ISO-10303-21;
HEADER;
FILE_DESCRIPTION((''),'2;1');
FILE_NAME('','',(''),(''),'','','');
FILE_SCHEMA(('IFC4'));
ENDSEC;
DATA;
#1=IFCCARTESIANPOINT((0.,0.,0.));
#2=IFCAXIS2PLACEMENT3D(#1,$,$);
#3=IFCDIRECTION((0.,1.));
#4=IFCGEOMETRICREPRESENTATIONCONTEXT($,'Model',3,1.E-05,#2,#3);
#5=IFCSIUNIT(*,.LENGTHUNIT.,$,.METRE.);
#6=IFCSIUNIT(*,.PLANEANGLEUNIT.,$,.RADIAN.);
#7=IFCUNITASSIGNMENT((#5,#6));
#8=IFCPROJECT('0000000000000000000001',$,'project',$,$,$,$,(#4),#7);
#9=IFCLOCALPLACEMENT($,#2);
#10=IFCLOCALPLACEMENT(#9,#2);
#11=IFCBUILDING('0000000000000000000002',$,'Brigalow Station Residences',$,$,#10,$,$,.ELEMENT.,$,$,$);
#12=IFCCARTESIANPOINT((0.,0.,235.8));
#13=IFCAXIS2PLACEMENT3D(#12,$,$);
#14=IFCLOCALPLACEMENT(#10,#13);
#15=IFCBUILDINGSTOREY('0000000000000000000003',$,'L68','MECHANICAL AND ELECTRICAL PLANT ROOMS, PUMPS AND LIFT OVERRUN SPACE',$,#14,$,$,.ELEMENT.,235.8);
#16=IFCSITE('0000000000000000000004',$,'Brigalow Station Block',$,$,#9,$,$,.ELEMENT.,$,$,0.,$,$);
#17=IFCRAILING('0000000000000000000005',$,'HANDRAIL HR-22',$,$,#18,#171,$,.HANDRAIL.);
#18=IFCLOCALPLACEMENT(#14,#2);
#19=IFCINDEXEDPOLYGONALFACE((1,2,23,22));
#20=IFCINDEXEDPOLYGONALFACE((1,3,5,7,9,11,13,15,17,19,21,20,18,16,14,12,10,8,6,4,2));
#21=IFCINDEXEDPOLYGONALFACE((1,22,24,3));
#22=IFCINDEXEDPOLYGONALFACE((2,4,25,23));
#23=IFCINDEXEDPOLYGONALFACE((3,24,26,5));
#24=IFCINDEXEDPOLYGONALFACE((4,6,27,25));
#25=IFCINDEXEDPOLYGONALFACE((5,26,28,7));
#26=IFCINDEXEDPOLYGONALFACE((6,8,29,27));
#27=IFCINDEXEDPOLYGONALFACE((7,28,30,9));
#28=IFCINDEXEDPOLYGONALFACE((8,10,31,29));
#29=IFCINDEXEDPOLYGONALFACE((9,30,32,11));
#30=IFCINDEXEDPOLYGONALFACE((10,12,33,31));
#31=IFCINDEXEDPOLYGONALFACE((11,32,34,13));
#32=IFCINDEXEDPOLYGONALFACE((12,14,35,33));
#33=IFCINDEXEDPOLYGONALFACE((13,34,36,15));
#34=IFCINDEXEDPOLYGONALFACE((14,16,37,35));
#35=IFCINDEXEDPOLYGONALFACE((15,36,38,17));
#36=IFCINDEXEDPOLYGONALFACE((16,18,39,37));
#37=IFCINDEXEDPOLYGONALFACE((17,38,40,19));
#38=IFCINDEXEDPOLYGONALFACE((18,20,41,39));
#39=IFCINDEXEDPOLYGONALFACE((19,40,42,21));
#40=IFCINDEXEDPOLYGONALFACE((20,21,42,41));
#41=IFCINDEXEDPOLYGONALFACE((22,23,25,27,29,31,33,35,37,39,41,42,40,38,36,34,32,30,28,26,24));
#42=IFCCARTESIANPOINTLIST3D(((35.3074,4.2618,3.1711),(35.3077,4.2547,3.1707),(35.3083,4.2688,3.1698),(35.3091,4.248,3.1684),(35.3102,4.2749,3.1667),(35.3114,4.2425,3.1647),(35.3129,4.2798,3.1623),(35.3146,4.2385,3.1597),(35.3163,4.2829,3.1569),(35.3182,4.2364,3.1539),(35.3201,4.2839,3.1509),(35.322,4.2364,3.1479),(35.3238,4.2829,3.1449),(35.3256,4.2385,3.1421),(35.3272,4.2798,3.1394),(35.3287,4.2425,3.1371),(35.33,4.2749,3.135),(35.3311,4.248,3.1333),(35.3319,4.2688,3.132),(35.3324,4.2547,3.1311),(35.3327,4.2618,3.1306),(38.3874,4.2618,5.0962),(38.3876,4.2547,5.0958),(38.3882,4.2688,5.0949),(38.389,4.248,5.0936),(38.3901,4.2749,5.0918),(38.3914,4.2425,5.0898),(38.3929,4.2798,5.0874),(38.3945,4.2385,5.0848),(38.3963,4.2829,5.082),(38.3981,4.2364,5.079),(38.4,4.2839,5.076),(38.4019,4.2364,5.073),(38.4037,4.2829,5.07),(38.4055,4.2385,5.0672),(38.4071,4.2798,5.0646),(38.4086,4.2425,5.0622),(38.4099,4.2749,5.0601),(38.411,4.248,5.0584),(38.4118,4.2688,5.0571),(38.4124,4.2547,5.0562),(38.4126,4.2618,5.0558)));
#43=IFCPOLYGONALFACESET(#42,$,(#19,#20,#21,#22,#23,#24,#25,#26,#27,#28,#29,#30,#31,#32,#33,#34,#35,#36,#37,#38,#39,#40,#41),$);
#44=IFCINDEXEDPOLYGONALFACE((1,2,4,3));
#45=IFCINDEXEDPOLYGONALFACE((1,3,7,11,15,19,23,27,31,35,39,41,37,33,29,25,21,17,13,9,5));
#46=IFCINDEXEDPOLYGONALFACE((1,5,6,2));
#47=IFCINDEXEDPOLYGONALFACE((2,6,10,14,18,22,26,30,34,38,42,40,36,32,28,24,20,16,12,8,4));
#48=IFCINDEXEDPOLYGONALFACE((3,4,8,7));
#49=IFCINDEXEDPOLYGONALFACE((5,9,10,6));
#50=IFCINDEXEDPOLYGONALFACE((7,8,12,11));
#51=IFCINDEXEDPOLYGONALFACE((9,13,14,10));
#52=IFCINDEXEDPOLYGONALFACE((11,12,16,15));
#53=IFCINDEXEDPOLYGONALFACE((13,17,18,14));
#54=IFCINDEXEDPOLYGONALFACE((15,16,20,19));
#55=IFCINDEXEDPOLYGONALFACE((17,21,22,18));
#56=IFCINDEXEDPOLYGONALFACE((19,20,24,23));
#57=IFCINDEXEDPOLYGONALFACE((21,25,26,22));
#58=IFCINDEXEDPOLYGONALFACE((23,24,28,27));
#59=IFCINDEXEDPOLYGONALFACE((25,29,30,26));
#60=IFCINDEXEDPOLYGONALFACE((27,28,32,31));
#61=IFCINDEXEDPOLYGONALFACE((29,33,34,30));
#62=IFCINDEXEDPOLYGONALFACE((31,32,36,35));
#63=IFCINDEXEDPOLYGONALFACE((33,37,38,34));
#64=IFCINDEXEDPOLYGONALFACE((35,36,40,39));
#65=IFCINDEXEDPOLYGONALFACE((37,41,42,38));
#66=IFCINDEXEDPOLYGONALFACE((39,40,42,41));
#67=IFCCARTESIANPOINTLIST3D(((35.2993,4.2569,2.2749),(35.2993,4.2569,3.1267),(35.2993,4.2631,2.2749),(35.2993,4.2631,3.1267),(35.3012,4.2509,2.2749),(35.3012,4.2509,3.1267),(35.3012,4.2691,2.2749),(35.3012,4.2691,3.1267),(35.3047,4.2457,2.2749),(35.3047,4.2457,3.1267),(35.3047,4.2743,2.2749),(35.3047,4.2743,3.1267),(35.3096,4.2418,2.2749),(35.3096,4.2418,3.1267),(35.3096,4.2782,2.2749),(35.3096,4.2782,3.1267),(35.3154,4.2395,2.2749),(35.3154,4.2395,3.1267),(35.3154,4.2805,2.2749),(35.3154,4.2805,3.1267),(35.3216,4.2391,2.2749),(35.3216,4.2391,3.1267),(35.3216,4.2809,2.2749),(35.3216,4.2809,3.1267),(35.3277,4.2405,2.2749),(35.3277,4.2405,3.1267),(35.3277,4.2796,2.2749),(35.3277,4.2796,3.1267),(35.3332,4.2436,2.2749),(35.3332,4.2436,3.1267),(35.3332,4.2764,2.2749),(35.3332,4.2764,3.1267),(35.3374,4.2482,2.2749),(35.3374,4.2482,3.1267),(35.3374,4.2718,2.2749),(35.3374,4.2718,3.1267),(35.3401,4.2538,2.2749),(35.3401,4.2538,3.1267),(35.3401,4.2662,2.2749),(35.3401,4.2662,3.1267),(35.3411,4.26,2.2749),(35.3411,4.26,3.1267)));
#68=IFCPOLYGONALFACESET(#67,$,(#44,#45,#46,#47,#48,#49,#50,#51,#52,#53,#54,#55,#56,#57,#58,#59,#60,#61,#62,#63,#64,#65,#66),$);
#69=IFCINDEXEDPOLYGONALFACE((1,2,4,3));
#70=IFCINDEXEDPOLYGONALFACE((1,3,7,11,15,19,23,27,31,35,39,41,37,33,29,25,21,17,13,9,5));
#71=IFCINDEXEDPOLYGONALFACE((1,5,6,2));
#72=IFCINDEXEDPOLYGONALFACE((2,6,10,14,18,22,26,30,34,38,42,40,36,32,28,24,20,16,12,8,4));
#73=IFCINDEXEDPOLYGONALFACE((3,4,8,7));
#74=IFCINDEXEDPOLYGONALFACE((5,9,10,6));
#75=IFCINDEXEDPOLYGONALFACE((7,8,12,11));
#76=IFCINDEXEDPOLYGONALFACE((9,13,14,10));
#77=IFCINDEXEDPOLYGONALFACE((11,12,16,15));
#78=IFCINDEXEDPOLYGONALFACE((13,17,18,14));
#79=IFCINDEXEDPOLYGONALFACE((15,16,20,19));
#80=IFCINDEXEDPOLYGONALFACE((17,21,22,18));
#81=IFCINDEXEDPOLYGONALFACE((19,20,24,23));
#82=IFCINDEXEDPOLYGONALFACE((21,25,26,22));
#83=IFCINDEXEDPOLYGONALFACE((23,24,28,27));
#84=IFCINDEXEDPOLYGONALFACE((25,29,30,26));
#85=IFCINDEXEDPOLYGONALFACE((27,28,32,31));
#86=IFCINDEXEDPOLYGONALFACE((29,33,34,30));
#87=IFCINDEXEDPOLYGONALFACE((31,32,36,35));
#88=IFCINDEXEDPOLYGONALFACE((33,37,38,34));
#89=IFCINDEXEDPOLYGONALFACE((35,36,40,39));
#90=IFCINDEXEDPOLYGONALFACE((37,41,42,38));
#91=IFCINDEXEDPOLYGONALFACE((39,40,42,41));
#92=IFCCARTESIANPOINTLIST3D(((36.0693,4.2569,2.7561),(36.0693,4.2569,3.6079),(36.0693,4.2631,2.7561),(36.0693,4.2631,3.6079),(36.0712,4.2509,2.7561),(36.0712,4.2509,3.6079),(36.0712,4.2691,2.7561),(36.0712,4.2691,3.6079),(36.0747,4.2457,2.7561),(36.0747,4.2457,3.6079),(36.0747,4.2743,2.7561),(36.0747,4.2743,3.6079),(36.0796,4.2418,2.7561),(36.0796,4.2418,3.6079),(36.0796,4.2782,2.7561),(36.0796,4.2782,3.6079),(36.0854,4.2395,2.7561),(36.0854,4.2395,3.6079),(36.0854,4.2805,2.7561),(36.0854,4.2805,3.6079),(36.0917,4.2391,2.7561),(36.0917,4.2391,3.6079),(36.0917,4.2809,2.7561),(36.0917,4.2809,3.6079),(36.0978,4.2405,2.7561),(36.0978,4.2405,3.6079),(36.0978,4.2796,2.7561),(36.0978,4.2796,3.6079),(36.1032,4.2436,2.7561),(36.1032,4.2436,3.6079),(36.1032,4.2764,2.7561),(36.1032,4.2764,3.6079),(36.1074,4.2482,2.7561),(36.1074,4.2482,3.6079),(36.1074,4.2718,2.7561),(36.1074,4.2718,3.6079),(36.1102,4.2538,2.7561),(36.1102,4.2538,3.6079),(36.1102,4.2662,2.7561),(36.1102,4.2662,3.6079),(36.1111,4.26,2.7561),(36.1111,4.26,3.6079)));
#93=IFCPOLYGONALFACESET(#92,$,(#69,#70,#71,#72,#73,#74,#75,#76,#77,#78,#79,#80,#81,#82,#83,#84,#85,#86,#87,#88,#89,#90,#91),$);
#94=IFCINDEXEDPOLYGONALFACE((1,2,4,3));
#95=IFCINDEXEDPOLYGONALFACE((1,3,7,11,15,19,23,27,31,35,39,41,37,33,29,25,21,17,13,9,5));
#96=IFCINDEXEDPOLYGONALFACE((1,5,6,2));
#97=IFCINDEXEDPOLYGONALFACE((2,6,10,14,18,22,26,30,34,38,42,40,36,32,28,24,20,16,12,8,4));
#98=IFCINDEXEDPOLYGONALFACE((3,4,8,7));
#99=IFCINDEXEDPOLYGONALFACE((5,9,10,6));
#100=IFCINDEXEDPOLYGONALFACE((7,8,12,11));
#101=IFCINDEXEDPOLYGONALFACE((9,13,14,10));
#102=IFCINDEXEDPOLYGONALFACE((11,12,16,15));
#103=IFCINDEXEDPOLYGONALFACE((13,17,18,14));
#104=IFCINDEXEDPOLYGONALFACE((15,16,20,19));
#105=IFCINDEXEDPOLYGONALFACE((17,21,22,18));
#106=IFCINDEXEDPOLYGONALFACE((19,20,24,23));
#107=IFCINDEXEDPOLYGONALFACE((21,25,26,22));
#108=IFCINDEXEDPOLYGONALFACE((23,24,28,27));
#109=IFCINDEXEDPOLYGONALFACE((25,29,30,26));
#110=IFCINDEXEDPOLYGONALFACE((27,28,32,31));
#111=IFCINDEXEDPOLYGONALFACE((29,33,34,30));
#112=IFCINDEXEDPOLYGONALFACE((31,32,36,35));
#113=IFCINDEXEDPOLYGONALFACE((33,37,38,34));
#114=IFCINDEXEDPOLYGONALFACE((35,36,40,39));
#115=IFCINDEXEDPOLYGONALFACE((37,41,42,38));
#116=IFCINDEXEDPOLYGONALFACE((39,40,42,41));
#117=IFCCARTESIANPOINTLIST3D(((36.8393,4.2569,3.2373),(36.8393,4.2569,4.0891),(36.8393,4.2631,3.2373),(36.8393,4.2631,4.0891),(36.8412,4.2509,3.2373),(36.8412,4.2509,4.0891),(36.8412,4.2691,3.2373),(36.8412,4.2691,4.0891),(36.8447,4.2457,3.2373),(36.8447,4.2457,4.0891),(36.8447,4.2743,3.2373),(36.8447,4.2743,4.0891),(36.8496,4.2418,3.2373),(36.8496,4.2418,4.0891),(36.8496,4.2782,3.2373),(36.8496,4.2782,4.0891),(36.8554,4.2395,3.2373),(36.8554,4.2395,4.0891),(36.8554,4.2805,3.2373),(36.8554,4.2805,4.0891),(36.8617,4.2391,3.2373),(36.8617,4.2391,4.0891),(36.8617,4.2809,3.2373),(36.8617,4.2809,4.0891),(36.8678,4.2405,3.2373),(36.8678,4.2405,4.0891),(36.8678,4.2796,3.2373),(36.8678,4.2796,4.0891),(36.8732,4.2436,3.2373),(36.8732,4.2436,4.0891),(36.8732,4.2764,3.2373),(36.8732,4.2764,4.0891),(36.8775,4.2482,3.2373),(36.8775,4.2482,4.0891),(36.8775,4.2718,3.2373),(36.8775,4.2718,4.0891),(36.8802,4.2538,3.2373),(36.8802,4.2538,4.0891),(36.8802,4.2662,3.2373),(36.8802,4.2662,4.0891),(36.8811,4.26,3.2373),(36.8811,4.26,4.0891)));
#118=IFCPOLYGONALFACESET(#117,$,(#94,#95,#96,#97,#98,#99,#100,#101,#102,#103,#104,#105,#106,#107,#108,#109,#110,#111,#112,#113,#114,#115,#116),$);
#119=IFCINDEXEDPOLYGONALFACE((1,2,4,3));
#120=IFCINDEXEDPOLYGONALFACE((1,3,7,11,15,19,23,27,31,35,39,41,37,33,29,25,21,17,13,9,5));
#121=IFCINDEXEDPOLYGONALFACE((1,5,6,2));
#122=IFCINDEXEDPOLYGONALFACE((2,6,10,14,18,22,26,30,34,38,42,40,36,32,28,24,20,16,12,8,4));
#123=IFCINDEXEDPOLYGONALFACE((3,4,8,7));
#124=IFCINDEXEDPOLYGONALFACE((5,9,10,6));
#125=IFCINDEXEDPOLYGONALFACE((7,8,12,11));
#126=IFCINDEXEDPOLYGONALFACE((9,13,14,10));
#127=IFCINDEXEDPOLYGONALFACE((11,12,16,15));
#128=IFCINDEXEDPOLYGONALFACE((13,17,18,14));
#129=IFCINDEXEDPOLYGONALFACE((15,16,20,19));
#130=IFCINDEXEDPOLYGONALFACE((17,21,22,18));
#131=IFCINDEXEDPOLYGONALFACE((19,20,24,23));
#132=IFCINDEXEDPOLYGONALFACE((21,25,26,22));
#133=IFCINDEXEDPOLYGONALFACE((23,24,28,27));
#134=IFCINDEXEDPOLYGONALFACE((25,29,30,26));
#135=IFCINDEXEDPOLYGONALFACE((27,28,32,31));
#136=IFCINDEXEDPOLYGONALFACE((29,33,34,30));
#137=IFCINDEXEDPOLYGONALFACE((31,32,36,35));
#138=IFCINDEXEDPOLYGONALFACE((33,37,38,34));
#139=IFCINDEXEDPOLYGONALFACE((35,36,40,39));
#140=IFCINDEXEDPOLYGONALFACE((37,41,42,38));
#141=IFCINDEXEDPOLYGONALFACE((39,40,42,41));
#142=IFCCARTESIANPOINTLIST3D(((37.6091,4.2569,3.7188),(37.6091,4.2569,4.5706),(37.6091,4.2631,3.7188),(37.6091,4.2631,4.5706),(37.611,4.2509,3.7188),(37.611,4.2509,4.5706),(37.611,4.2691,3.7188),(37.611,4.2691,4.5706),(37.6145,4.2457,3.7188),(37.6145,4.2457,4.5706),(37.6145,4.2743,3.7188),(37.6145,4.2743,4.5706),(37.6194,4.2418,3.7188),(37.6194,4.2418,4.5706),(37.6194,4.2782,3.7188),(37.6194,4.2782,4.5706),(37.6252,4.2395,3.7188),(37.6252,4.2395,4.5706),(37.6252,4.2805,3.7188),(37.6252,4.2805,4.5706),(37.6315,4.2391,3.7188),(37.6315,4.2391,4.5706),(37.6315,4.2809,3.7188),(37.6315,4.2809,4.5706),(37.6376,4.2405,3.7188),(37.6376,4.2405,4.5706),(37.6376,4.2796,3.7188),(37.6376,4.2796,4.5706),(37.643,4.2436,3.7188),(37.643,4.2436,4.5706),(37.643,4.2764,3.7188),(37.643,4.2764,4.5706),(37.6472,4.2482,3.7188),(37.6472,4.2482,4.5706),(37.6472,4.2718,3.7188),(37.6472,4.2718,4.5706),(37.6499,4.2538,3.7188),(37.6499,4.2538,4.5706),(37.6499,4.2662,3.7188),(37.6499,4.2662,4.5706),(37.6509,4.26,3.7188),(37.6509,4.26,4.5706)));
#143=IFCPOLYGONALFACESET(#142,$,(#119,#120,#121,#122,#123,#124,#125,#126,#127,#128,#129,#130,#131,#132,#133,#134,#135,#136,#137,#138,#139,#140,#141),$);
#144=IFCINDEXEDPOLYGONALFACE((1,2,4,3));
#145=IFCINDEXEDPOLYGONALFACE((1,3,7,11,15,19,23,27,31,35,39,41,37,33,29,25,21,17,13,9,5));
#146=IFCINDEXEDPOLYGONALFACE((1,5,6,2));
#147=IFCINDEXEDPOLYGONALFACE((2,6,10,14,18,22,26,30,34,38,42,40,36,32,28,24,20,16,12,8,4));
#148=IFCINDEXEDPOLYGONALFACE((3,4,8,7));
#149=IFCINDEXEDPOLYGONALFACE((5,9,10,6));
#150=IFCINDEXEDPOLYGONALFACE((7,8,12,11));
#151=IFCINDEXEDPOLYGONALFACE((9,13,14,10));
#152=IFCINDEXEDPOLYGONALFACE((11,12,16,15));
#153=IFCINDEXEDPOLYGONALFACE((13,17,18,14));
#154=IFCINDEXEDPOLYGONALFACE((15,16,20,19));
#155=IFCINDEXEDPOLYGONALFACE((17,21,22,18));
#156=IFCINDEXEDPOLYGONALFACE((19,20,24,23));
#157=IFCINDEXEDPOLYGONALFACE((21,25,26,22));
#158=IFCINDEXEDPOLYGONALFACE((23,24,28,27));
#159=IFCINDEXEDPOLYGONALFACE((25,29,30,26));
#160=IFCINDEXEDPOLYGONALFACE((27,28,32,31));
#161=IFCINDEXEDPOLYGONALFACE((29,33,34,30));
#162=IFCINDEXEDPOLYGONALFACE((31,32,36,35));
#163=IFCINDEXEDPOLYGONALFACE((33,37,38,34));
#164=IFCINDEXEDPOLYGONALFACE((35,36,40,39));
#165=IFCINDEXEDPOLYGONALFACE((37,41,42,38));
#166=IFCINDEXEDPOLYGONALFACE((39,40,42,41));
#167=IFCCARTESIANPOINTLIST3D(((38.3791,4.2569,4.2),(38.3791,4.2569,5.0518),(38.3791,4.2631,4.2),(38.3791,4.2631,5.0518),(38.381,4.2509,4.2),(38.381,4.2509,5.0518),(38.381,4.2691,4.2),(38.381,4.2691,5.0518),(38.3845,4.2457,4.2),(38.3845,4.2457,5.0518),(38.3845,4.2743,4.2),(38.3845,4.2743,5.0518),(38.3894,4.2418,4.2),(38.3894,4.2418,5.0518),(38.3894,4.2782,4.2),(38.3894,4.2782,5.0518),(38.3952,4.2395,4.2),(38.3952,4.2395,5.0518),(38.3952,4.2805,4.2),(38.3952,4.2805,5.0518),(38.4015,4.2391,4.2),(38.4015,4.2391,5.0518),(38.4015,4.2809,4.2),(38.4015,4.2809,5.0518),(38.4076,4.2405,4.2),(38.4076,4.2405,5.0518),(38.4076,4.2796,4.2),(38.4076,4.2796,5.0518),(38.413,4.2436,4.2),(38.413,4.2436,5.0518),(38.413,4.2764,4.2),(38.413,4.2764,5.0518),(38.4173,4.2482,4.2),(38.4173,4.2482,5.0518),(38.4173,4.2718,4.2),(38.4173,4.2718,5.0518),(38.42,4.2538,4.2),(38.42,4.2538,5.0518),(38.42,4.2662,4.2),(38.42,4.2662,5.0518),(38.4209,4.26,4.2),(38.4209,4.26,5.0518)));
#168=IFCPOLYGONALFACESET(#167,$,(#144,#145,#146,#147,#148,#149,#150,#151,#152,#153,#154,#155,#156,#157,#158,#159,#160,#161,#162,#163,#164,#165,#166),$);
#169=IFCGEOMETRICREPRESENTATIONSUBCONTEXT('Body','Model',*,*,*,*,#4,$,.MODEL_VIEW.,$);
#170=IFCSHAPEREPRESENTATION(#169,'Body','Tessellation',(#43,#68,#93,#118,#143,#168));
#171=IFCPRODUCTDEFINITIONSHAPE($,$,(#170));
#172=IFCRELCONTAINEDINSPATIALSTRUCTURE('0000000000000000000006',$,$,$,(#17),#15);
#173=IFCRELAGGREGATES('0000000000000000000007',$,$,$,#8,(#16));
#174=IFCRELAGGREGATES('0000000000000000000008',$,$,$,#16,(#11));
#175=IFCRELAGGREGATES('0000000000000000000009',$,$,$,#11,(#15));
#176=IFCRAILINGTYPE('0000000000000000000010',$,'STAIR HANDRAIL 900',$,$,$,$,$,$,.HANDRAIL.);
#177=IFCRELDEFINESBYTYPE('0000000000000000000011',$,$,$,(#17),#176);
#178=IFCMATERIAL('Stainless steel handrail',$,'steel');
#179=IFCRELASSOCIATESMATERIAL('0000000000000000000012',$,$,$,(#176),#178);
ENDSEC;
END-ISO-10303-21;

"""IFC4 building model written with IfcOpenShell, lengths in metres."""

from ifc_helpers import new_model, si_unit, direction, frame, origin, origin_2d, place, context, subcontext, project, spatial, circle, extrude, material, type_object, element, save


model = new_model("IFC4")

# Units and contexts
model_context = context("Model", 3, precision=1e-05, world=origin(), true_north=direction((0.0, 1.0)))
body_context = subcontext(model_context, "Body", "Model", "MODEL_VIEW")
ifc_project = project(units=[si_unit("LENGTHUNIT", "METRE"), si_unit("PLANEANGLEUNIT", "RADIAN")], contexts=[model_context])

# Site, building, storey
site_placement = place(None, origin())
site = spatial("IfcSite", under=ifc_project, at=site_placement, Name="Brigalow Station Block", CompositionType="ELEMENT", RefElevation=0.0)
building_placement = place(site_placement, origin())
building = spatial("IfcBuilding", under=site, at=building_placement, Name="Brigalow Station Residences", CompositionType="ELEMENT")
storey_placement = place(building_placement, frame((0.0, 0.0, 235.8)))
storey = spatial("IfcBuildingStorey", under=building, at=storey_placement, Name="L68", Description="MECHANICAL AND ELECTRICAL PLANT ROOMS, PUMPS AND LIFT OVERRUN SPACE", CompositionType="ELEMENT", Elevation=235.8)

# Railing
ifc_material_1 = material(Name="Stainless steel handrail", Category="steel")
railing_type_1 = type_object("IfcRailingType", Name="STAIR HANDRAIL 900", PredefinedType="HANDRAIL", material=ifc_material_1)
railing_1_placement = place(storey_placement, frame((35.3201, 4.26, 2.2749)))
element("IfcRailing", 1, at=railing_1_placement, inside=storey, type_object=railing_type_1, Name="HANDRAIL HR-22", PredefinedType="HANDRAIL", context=body_context, shape_type="SweptSolid", body=[
    extrude(circle(Radius=0.0239, at=origin_2d()), frame((0.0, 0.0, 0.876), z_axis=(0.847979, 0.0, 0.530029), x_axis=(0.0, 1.0, 0.0)), (0.0, 0.0, 1.0), 3.6321),
    extrude(circle(Radius=0.021, at=origin_2d()), origin(), (0.0, 0.0, 1.0), 0.8518),
    extrude(circle(Radius=0.021, at=origin_2d()), frame((0.77, 0.0, 0.4812)), (0.0, 0.0, 1.0), 0.8518),
    extrude(circle(Radius=0.021, at=origin_2d()), frame((1.54, 0.0, 0.9624)), (0.0, 0.0, 1.0), 0.8518),
    extrude(circle(Radius=0.021, at=origin_2d()), frame((2.3098, 0.0, 1.4438)), (0.0, 0.0, 1.0), 0.8518),
    extrude(circle(Radius=0.021, at=origin_2d()), frame((3.0798, 0.0, 1.925)), (0.0, 0.0, 1.0), 0.8518),
])

save(model, "model.ifc")
